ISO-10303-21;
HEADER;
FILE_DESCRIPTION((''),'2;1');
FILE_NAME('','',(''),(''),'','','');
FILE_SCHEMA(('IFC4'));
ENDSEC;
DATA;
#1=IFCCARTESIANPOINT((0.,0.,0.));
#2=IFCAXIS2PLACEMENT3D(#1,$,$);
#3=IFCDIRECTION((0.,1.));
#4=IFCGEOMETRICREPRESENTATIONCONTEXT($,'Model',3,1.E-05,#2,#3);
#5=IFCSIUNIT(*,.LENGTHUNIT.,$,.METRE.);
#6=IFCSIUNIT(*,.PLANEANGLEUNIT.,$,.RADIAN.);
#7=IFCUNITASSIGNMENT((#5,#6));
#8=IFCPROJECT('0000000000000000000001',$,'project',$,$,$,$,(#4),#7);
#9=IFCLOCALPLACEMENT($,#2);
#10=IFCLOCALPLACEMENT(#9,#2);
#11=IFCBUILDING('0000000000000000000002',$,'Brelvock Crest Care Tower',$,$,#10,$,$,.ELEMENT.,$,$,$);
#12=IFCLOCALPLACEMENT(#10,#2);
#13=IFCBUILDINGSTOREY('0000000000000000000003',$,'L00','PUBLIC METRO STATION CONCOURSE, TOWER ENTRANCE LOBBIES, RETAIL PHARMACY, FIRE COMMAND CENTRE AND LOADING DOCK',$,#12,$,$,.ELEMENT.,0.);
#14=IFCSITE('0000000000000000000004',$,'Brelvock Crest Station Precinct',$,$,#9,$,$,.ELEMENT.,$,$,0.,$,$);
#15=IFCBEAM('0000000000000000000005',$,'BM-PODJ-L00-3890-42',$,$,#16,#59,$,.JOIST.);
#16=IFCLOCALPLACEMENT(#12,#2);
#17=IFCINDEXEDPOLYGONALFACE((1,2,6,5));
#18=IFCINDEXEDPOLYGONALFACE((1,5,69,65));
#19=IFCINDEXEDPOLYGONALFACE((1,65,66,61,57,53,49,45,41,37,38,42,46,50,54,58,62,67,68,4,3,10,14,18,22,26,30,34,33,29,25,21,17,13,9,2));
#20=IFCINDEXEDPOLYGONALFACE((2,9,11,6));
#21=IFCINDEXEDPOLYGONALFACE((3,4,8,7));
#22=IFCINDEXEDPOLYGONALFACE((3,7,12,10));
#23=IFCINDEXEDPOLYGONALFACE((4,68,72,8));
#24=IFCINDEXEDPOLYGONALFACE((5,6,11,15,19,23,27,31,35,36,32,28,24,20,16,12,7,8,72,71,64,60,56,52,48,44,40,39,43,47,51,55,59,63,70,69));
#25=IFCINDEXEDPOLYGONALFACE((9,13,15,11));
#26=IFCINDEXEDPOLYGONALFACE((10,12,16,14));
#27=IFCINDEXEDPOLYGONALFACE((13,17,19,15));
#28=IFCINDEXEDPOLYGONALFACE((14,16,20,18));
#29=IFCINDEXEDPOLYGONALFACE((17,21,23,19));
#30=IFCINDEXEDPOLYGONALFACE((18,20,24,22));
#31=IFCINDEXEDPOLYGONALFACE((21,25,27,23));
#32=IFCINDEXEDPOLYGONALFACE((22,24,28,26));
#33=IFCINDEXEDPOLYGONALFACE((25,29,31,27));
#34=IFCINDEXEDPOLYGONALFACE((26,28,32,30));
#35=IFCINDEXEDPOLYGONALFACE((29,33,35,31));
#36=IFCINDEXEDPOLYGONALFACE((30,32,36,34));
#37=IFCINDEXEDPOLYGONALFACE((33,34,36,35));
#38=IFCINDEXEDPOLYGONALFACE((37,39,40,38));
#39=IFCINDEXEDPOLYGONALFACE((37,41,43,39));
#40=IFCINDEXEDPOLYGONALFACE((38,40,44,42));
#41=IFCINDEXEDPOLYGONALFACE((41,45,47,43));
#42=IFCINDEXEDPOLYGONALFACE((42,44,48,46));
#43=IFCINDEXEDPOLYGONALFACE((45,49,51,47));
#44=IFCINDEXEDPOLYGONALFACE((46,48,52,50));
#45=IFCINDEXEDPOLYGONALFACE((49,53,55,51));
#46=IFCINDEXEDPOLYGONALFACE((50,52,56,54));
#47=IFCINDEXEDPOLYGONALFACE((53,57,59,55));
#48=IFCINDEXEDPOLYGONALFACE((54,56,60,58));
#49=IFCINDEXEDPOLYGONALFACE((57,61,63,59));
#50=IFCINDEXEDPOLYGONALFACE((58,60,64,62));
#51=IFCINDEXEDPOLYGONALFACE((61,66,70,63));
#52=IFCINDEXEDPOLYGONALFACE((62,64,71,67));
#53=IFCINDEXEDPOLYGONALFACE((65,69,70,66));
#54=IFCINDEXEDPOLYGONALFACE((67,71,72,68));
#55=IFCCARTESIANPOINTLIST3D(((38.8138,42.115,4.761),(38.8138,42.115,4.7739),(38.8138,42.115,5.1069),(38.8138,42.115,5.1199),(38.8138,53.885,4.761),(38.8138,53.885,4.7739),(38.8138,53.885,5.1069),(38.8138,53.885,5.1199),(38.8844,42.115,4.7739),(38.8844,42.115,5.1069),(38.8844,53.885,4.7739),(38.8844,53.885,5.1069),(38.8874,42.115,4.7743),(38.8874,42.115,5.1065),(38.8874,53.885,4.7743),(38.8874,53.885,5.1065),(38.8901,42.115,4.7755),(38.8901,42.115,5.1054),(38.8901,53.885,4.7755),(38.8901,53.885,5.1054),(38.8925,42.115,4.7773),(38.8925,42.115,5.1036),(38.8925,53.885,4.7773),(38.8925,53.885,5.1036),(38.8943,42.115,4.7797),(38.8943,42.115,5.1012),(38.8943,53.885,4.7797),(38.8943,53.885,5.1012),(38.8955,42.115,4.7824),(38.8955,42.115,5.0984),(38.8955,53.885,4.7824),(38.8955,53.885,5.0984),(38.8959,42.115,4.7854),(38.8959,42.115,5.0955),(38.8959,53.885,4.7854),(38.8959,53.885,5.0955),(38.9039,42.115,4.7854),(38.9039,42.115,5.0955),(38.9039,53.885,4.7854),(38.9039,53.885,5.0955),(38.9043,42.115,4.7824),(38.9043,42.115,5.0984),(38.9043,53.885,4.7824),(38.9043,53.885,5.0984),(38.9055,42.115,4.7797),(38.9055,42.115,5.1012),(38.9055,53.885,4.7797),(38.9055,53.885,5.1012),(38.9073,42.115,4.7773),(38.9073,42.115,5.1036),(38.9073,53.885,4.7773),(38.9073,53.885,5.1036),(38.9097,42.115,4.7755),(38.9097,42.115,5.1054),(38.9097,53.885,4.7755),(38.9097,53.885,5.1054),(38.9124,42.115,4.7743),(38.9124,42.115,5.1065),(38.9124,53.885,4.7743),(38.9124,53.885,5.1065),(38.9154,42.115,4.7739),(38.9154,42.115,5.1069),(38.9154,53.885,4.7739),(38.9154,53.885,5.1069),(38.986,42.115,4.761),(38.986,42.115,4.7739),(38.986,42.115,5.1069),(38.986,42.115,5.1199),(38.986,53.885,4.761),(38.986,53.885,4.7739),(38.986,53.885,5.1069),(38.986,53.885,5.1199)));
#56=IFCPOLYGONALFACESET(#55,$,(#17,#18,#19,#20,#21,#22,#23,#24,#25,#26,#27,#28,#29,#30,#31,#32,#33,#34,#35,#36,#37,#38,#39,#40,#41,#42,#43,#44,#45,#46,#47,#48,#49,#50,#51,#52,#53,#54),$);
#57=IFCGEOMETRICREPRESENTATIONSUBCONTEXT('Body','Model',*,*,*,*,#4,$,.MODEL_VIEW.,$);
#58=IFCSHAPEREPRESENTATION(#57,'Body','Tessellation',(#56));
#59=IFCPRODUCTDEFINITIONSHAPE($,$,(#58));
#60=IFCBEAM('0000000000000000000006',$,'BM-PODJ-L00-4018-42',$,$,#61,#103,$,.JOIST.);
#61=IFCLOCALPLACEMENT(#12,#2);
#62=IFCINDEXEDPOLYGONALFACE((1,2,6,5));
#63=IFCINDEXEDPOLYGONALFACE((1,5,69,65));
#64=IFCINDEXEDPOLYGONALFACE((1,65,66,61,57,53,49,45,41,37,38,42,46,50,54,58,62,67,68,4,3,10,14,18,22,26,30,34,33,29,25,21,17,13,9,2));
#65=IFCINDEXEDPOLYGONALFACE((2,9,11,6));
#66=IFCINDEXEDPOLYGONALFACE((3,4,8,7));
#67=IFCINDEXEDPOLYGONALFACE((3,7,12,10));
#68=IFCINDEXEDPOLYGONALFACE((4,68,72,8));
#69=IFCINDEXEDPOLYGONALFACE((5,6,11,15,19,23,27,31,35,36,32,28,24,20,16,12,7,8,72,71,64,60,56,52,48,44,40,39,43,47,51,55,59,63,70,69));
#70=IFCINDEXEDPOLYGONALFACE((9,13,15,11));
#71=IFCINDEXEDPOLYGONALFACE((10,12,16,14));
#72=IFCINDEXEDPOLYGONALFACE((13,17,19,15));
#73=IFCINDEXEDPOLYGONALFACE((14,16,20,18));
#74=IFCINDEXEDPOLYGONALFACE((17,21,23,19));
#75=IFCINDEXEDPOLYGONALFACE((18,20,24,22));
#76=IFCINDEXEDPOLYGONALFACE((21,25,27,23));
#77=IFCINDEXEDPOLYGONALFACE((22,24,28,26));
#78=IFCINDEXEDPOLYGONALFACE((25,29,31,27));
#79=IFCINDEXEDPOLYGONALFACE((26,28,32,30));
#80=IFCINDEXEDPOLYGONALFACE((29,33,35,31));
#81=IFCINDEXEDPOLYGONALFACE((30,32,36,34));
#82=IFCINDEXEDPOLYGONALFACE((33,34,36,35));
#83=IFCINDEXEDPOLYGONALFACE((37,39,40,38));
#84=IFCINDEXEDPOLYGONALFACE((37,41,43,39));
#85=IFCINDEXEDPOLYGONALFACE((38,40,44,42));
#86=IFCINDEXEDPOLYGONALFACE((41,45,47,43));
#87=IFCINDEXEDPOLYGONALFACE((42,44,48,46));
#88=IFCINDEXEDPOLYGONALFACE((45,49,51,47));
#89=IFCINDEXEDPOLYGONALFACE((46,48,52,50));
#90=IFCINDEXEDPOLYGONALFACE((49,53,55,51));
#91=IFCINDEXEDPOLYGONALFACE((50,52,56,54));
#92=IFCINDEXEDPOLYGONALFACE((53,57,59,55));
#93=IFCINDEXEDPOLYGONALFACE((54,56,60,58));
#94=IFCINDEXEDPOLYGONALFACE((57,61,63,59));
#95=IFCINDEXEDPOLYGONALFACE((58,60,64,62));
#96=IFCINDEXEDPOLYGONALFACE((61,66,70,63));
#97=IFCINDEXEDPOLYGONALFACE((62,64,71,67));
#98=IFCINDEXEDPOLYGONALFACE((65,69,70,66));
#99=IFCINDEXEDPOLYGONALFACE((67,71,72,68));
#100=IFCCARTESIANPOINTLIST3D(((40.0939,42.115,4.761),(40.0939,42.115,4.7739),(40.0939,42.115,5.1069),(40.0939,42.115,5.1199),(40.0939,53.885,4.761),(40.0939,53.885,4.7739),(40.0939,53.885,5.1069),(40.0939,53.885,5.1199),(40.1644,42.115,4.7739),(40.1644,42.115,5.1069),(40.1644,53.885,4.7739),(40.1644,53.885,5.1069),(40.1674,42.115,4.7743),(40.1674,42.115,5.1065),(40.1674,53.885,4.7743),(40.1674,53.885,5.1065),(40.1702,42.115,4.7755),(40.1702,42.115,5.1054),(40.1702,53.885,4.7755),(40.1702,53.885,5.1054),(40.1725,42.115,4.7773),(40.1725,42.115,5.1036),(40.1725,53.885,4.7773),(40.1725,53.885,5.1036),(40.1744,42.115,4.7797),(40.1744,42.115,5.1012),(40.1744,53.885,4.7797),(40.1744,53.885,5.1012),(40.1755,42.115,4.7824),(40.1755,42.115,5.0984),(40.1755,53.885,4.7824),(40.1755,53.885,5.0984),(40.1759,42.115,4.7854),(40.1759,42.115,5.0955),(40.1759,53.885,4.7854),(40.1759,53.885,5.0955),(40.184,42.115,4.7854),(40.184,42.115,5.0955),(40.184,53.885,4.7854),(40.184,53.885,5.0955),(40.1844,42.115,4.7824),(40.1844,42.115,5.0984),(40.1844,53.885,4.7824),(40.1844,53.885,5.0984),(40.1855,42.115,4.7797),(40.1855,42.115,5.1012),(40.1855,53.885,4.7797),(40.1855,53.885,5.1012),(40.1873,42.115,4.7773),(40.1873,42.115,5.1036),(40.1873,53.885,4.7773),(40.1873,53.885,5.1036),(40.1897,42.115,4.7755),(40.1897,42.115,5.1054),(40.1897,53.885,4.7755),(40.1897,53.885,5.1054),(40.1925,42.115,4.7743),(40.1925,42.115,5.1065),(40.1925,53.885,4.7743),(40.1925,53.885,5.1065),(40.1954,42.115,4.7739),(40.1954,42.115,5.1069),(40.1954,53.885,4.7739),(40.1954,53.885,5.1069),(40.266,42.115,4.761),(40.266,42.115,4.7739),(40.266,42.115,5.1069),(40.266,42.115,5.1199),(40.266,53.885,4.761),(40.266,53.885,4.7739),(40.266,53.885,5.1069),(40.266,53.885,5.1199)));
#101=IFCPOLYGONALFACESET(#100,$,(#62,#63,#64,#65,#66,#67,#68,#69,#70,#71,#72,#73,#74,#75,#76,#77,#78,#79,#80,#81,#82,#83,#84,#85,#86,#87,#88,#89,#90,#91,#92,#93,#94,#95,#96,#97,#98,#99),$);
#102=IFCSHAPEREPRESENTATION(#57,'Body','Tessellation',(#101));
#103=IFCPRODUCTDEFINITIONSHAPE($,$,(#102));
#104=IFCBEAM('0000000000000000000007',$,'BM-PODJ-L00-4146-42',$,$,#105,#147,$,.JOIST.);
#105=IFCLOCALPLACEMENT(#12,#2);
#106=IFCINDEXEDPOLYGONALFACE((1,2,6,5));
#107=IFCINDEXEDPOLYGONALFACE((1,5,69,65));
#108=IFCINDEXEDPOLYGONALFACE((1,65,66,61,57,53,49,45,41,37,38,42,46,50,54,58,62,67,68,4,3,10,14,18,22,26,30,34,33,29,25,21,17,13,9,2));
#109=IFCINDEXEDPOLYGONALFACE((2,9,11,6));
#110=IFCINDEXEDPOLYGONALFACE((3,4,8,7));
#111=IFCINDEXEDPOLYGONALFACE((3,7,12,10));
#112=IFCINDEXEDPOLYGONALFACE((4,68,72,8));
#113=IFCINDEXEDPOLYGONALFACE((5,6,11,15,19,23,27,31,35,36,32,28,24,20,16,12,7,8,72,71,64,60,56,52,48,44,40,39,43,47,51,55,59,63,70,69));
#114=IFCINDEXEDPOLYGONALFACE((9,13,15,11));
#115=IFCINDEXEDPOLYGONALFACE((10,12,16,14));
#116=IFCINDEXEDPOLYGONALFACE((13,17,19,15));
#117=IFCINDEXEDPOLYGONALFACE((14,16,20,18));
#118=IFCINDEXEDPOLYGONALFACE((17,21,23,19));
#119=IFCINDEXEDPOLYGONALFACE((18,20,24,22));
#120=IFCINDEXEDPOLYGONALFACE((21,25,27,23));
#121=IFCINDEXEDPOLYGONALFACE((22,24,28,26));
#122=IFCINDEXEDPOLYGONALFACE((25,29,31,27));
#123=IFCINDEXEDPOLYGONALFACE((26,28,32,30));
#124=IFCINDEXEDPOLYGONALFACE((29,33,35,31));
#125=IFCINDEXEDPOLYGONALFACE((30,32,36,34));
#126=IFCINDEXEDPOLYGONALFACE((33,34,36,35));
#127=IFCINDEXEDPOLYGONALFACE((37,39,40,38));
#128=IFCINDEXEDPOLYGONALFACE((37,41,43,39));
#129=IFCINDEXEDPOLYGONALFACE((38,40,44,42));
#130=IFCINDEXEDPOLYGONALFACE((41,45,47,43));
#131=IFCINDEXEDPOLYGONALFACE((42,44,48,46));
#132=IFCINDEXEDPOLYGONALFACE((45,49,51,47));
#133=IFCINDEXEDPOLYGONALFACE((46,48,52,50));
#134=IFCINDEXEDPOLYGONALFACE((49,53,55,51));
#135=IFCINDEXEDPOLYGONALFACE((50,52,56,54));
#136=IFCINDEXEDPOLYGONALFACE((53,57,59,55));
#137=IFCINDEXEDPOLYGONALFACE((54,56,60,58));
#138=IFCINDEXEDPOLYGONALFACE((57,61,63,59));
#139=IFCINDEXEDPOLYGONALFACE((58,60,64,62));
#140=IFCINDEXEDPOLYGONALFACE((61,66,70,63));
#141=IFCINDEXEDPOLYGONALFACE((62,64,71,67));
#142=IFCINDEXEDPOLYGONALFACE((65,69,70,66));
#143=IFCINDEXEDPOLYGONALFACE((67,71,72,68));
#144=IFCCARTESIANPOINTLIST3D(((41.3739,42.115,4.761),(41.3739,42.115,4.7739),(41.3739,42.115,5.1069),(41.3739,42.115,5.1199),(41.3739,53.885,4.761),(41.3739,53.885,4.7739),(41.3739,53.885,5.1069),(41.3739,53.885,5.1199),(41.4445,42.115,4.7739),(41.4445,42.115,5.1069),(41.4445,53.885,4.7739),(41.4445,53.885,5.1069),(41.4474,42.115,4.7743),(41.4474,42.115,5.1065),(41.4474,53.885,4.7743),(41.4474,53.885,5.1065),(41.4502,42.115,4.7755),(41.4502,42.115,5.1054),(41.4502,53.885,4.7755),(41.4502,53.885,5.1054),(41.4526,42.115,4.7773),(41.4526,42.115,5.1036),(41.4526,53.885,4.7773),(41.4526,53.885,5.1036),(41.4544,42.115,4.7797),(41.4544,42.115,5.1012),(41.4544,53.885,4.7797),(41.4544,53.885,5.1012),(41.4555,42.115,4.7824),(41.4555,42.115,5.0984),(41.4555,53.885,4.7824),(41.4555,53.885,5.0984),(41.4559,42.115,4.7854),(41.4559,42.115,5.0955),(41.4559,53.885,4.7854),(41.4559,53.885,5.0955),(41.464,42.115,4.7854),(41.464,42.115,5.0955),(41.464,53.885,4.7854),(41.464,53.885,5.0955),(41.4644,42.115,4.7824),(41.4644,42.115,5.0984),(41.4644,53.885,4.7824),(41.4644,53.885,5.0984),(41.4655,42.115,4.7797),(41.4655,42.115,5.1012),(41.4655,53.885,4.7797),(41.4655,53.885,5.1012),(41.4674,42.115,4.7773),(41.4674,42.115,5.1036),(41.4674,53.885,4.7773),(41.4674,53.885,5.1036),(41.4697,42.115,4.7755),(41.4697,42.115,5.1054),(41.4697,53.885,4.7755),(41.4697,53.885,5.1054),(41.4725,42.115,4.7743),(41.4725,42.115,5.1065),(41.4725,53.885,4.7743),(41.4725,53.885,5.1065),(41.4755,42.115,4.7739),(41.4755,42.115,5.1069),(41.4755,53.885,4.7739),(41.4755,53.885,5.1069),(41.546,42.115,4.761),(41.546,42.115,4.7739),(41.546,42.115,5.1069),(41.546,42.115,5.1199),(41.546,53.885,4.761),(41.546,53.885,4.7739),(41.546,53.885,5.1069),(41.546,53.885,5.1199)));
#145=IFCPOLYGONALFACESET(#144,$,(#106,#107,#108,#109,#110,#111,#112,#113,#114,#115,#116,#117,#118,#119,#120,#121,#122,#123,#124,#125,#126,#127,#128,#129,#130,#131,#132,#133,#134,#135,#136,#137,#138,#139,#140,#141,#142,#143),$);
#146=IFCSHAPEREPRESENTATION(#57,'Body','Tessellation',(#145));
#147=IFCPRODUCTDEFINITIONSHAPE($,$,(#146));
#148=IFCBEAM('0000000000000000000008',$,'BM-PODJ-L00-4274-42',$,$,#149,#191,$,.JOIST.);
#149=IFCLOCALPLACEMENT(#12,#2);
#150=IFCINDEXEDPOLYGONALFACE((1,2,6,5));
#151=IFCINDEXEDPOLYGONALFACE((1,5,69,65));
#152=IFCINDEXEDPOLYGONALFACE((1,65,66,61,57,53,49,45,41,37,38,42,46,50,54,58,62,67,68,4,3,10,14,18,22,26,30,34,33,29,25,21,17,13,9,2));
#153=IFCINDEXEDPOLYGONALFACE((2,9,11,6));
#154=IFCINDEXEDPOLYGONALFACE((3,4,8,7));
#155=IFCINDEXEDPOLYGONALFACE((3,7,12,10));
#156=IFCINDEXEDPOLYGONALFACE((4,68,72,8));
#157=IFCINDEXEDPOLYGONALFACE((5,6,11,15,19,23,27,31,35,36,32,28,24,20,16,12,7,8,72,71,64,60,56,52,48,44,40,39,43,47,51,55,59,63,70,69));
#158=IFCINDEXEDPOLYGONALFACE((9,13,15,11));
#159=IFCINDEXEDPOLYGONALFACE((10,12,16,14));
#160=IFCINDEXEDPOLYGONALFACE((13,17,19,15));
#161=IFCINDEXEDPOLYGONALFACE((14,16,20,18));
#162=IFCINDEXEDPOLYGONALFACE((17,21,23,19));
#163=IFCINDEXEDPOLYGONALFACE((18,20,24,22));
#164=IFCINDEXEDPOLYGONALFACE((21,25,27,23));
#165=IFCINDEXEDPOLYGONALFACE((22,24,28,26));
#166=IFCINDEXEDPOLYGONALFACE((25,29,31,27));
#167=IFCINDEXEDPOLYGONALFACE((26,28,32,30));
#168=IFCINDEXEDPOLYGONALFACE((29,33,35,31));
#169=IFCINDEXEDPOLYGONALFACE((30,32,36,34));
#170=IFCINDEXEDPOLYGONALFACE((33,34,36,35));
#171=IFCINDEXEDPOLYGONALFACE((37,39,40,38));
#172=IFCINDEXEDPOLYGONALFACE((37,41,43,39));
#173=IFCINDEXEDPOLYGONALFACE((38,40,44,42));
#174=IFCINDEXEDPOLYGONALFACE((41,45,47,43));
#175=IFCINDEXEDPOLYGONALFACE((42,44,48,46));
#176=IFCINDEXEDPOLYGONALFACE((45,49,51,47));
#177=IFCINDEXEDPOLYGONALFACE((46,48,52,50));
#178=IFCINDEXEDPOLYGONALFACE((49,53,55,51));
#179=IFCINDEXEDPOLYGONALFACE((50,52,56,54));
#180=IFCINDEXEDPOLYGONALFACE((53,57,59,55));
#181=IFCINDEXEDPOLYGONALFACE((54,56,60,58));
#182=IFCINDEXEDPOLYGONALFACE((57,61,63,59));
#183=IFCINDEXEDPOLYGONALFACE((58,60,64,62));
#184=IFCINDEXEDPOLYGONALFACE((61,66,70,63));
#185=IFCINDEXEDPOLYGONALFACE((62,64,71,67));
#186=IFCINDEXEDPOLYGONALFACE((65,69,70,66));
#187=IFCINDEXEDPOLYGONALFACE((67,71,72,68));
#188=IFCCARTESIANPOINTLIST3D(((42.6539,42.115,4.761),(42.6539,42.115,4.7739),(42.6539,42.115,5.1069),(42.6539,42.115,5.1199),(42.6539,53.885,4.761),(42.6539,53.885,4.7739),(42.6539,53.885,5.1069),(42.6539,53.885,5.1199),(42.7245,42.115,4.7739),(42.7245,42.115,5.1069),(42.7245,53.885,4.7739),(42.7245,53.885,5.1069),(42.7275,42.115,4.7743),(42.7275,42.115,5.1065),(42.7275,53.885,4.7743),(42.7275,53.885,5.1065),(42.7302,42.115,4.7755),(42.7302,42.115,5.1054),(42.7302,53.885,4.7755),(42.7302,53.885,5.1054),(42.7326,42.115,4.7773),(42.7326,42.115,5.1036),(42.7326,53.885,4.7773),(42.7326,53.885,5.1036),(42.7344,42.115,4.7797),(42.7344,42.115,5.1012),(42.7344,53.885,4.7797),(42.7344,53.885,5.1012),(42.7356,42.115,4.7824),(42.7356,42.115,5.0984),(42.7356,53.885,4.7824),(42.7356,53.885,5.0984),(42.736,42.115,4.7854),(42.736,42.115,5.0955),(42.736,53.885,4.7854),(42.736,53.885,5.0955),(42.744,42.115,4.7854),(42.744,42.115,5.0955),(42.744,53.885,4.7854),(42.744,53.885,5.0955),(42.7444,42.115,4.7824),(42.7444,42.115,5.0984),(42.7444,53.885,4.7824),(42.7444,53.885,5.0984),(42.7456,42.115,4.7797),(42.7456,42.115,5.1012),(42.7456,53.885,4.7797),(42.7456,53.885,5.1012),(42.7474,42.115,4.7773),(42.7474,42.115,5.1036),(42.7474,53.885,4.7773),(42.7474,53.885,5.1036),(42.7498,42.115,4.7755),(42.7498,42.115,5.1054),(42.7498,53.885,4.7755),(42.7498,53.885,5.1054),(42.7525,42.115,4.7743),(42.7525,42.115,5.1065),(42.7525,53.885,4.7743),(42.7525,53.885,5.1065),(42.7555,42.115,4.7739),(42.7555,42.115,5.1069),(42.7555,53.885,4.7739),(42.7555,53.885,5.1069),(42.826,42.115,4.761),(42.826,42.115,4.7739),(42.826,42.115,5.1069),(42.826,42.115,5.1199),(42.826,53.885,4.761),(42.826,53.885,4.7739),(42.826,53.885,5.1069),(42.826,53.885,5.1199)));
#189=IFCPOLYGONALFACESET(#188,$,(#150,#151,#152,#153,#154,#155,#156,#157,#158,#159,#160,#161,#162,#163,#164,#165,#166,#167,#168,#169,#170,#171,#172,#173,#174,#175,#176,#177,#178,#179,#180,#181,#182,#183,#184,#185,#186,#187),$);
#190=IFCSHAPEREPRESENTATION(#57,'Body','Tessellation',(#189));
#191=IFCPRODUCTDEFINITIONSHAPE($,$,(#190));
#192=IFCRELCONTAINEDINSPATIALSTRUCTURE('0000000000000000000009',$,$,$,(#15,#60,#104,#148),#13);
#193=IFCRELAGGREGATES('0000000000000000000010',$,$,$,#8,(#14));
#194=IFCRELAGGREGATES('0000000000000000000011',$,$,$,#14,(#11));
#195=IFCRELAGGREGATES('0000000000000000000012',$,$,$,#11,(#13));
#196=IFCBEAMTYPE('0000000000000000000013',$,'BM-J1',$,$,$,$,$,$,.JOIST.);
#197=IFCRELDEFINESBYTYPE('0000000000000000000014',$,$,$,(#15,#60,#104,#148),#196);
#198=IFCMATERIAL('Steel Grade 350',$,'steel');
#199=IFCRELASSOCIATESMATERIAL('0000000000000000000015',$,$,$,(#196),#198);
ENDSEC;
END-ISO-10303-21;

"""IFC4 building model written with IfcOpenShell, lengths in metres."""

from ifc_helpers import new_model, si_unit, direction, frame, origin, origin_2d, place, context, subcontext, project, spatial, i_section, extrude, source, transform, mapped, material, material_profile, profile_set, type_object, element, save


model = new_model("IFC4")

# Units and contexts
model_context = context("Model", 3, precision=1e-05, world=origin(), true_north=direction((0.0, 1.0)))
body_context = subcontext(model_context, "Body", "Model", "MODEL_VIEW")
ifc_project = project(units=[si_unit("LENGTHUNIT", "METRE"), si_unit("PLANEANGLEUNIT", "RADIAN")], contexts=[model_context])

# Site, building, storey
site_placement = place(None, origin())
site = spatial("IfcSite", under=ifc_project, at=site_placement, Name="Brelvock Crest Station Precinct", CompositionType="ELEMENT", RefElevation=0.0)
building_placement = place(site_placement, origin())
building = spatial("IfcBuilding", under=site, at=building_placement, Name="Brelvock Crest Care Tower", CompositionType="ELEMENT")
storey_placement = place(building_placement, origin())
storey = spatial("IfcBuildingStorey", under=building, at=storey_placement, Name="L00", Description="PUBLIC METRO STATION CONCOURSE, TOWER ENTRANCE LOBBIES, RETAIL PHARMACY, FIRE COMMAND CENTRE AND LOADING DOCK", CompositionType="ELEMENT", Elevation=0.0)

# Shared definitions
ifc_material_1 = material(Name="Steel Grade 350", Category="steel")

# Beams
ifc_material_profile_1 = material_profile(ifc_material_1, i_section(OverallWidth=0.1721, OverallDepth=0.3589, WebThickness=0.0081, FlangeThickness=0.0129, FilletRadius=0.0115, at=origin_2d()), Name="360UB56.7")
ifc_profile_set_1 = profile_set([ifc_material_profile_1], Name="Steel Grade 350")
beam_type_1 = type_object("IfcBeamType", Name="BM-J1", PredefinedType="JOIST", material=ifc_profile_set_1)
shared_shape_1 = source(origin(), body_context, "Body", "SweptSolid", [
    extrude(i_section(OverallWidth=0.1721, OverallDepth=0.3589, WebThickness=0.0081, FlangeThickness=0.0129, FilletRadius=0.0115, at=origin_2d()), origin(), (0.0, 0.0, 1.0), 11.77),
])
for number, where, z_axis, x_axis, name in (
    (1, (38.8999, 42.115, 4.9404), (0.0, 1.0, 0.0), (-1.0, 0.0, 0.0), "BM-PODJ-L00-3890-42"),
    (2, (40.1799, 42.115, 4.9404), (0.0, 1.0, 0.0), (-1.0, 0.0, 0.0), "BM-PODJ-L00-4018-42"),
    (3, (41.46, 42.115, 4.9404), (0.0, 1.0, 0.0), (-1.0, 0.0, 0.0), "BM-PODJ-L00-4146-42"),
    (4, (42.74, 42.115, 4.9404), (0.0, 1.0, 0.0), (-1.0, 0.0, 0.0), "BM-PODJ-L00-4274-42"),
):
    element("IfcBeam", number, at=place(storey_placement, frame(where, z_axis=z_axis, x_axis=x_axis)), inside=storey, type_object=beam_type_1, Name=name, PredefinedType="JOIST", context=body_context, shape_type="MappedRepresentation", body=[
        mapped(shared_shape_1, transform((0.0, 0.0, 0.0), x_axis=(1.0, 0.0, 0.0), y_axis=(0.0, 1.0, 0.0), z_axis=(0.0, 0.0, 1.0), scale=1.0)),
    ])

save(model, "model.ifc")
